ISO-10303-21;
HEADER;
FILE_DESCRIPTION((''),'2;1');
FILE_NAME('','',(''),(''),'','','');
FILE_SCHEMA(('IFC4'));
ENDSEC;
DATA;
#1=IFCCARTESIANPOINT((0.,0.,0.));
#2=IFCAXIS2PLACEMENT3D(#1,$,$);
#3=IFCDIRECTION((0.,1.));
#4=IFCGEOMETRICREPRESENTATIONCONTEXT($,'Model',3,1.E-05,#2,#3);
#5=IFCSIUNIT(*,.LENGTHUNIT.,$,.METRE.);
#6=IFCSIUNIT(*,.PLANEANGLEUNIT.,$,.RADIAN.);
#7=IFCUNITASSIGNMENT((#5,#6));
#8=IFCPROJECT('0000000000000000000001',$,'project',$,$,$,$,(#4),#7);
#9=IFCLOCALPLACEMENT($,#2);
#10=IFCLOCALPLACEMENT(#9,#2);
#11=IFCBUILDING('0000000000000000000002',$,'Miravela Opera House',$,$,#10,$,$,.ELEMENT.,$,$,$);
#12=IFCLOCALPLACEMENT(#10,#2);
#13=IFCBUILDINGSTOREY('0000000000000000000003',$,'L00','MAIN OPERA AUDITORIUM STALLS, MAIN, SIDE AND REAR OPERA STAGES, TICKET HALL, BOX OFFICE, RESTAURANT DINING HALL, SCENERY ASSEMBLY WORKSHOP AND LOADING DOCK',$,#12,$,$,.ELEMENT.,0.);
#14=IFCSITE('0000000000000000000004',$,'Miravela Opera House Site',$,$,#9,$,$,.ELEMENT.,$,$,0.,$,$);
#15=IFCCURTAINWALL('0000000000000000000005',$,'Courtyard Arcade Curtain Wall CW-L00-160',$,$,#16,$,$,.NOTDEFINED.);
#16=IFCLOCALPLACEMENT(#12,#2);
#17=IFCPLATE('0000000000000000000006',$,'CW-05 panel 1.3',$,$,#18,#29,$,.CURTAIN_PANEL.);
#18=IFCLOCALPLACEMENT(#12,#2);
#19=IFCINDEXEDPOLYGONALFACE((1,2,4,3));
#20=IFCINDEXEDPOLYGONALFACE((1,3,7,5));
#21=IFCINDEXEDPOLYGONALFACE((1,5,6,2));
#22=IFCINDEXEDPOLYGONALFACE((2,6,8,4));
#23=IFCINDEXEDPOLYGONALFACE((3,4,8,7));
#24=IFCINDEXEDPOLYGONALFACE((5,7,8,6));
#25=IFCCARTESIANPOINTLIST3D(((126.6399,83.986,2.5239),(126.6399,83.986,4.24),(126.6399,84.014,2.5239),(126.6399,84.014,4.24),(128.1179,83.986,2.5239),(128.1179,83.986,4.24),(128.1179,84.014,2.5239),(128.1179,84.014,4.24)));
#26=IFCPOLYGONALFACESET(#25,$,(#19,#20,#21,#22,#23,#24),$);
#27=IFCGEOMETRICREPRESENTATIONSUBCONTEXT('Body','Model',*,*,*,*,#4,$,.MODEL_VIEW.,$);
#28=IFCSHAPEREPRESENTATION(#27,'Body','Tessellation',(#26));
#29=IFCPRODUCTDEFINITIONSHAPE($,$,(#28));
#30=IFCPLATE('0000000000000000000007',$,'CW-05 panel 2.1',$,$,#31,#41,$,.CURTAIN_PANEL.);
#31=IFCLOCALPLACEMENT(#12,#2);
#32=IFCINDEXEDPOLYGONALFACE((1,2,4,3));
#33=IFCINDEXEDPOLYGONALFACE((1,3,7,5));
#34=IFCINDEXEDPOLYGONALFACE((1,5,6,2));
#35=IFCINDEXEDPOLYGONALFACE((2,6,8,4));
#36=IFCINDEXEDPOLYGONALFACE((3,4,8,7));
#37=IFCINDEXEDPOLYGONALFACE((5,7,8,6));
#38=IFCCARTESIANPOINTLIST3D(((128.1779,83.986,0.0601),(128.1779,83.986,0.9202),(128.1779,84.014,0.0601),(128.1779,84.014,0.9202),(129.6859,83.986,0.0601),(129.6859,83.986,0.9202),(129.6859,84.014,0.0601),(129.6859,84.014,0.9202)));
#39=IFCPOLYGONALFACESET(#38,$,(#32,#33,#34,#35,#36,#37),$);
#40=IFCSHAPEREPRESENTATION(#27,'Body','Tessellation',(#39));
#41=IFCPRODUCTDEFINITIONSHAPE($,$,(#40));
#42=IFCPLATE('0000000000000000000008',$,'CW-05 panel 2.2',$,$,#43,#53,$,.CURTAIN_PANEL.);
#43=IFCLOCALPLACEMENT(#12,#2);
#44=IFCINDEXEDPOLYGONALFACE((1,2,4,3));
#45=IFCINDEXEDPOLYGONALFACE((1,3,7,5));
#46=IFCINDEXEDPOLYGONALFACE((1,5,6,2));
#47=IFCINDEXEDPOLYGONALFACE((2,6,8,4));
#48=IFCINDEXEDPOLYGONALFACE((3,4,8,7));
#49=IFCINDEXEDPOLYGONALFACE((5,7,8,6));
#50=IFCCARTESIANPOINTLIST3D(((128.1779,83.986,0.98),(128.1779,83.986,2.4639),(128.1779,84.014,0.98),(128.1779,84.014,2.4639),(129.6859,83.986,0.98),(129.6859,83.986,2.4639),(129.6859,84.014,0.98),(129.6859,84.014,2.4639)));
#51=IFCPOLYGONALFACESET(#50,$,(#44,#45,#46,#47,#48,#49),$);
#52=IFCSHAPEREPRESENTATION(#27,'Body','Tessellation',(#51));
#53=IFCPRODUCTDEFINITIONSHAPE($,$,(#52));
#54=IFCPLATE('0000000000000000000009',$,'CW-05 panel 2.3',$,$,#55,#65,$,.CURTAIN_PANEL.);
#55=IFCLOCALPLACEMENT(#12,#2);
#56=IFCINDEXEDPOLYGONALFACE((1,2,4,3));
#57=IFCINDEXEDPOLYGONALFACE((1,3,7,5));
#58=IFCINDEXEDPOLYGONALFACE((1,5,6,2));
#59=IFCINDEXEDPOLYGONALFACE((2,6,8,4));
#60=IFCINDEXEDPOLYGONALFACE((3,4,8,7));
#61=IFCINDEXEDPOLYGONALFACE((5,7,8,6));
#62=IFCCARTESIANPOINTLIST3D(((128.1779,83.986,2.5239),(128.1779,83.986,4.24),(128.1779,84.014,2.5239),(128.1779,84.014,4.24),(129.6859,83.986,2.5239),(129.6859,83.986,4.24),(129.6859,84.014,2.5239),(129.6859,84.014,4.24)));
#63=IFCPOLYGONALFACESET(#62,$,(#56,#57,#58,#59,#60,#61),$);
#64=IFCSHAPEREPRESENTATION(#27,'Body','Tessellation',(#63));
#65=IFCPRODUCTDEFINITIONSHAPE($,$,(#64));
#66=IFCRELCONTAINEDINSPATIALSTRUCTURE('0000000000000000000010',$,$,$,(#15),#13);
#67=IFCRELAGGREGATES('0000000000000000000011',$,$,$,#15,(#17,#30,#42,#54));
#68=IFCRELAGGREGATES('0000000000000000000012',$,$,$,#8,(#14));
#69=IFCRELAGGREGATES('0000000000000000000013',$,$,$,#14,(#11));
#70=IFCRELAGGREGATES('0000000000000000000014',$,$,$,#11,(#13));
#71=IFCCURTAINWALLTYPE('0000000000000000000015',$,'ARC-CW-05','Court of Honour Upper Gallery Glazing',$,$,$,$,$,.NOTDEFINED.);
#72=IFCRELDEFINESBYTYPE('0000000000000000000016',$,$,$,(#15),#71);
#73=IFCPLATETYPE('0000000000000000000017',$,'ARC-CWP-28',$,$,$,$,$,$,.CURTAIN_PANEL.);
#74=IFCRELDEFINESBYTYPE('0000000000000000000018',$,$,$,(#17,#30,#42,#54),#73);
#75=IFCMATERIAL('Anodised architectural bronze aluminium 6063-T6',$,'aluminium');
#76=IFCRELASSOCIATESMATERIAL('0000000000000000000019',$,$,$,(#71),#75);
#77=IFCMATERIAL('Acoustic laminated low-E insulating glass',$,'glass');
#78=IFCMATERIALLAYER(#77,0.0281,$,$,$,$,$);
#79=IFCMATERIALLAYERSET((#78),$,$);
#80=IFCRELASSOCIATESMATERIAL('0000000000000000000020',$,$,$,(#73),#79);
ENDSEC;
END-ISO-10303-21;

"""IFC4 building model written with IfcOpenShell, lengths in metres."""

from ifc_helpers import new_model, si_unit, direction, frame, origin, origin_2d, place, context, subcontext, project, spatial, rectangle, extrude, material, layer, layer_set, type_object, element, aggregate, save


model = new_model("IFC4")

# Units and contexts
model_context = context("Model", 3, precision=1e-05, world=origin(), true_north=direction((0.0, 1.0)))
body_context = subcontext(model_context, "Body", "Model", "MODEL_VIEW")
ifc_project = project(units=[si_unit("LENGTHUNIT", "METRE"), si_unit("PLANEANGLEUNIT", "RADIAN")], contexts=[model_context])

# Site, building, storey
site_placement = place(None, origin())
site = spatial("IfcSite", under=ifc_project, at=site_placement, Name="Miravela Opera House Site", CompositionType="ELEMENT", RefElevation=0.0)
building_placement = place(site_placement, origin())
building = spatial("IfcBuilding", under=site, at=building_placement, Name="Miravela Opera House", CompositionType="ELEMENT")
storey_placement = place(building_placement, origin())
storey = spatial("IfcBuildingStorey", under=building, at=storey_placement, Name="L00", Description="MAIN OPERA AUDITORIUM STALLS, MAIN, SIDE AND REAR OPERA STAGES, TICKET HALL, BOX OFFICE, RESTAURANT DINING HALL, SCENERY ASSEMBLY WORKSHOP AND LOADING DOCK", CompositionType="ELEMENT", Elevation=0.0)

# Shared definitions
ifc_material_1 = material(Name="Anodised architectural bronze aluminium 6063-T6", Category="aluminium")
curtain_wall_type = type_object("IfcCurtainWallType", Name="ARC-CW-05", Description="Court of Honour Upper Gallery Glazing", PredefinedType="NOTDEFINED", material=ifc_material_1)

# Curtain wall
curtain_wall_1_placement = place(storey_placement, origin())
curtain_wall_1 = element("IfcCurtainWall", 1, at=curtain_wall_1_placement, inside=storey, type_object=curtain_wall_type, Name="Courtyard Arcade Curtain Wall CW-L00-160", PredefinedType="NOTDEFINED")

# Plates
ifc_material_2 = material(Name="Acoustic laminated low-E insulating glass", Category="glass")
ifc_layer = layer(ifc_material_2, 0.0281)
ifc_layer_set = layer_set([ifc_layer])
plate_type = type_object("IfcPlateType", Name="ARC-CWP-28", PredefinedType="CURTAIN_PANEL", material=ifc_layer_set)
plate_1_placement = place(storey_placement, frame((127.3789, 84.0, 2.5239), z_axis=(0.0, 0.0, 1.0), x_axis=(1.0, 0.0, 0.0)))
plate_1 = element("IfcPlate", 2, at=plate_1_placement, type_object=plate_type, Name="CW-05 panel 1.3", PredefinedType="CURTAIN_PANEL", context=body_context, shape_type="SweptSolid", body=[
    extrude(rectangle(XDim=1.478, YDim=0.0281, at=origin_2d()), origin(), (0.0, 0.0, 1.0), 1.7161),
])
plate_2_placement = place(storey_placement, frame((128.9319, 84.0, 0.0601), z_axis=(0.0, 0.0, 1.0), x_axis=(1.0, 0.0, 0.0)))
plate_2 = element("IfcPlate", 3, at=plate_2_placement, type_object=plate_type, Name="CW-05 panel 2.1", PredefinedType="CURTAIN_PANEL", context=body_context, shape_type="SweptSolid", body=[
    extrude(rectangle(XDim=1.5081, YDim=0.0281, at=origin_2d()), origin(), (0.0, 0.0, 1.0), 0.8601),
])
plate_3_placement = place(storey_placement, frame((128.9319, 84.0, 0.98), z_axis=(0.0, 0.0, 1.0), x_axis=(1.0, 0.0, 0.0)))
plate_3 = element("IfcPlate", 4, at=plate_3_placement, type_object=plate_type, Name="CW-05 panel 2.2", PredefinedType="CURTAIN_PANEL", context=body_context, shape_type="SweptSolid", body=[
    extrude(rectangle(XDim=1.5081, YDim=0.0281, at=origin_2d()), origin(), (0.0, 0.0, 1.0), 1.4839),
])
plate_4_placement = place(storey_placement, frame((128.9319, 84.0, 2.5239), z_axis=(0.0, 0.0, 1.0), x_axis=(1.0, 0.0, 0.0)))
plate_4 = element("IfcPlate", 5, at=plate_4_placement, type_object=plate_type, Name="CW-05 panel 2.3", PredefinedType="CURTAIN_PANEL", context=body_context, shape_type="SweptSolid", body=[
    extrude(rectangle(XDim=1.5081, YDim=0.0281, at=origin_2d()), origin(), (0.0, 0.0, 1.0), 1.7161),
])
aggregate(curtain_wall_1, [plate_1, plate_2, plate_3, plate_4])

save(model, "model.ifc")
